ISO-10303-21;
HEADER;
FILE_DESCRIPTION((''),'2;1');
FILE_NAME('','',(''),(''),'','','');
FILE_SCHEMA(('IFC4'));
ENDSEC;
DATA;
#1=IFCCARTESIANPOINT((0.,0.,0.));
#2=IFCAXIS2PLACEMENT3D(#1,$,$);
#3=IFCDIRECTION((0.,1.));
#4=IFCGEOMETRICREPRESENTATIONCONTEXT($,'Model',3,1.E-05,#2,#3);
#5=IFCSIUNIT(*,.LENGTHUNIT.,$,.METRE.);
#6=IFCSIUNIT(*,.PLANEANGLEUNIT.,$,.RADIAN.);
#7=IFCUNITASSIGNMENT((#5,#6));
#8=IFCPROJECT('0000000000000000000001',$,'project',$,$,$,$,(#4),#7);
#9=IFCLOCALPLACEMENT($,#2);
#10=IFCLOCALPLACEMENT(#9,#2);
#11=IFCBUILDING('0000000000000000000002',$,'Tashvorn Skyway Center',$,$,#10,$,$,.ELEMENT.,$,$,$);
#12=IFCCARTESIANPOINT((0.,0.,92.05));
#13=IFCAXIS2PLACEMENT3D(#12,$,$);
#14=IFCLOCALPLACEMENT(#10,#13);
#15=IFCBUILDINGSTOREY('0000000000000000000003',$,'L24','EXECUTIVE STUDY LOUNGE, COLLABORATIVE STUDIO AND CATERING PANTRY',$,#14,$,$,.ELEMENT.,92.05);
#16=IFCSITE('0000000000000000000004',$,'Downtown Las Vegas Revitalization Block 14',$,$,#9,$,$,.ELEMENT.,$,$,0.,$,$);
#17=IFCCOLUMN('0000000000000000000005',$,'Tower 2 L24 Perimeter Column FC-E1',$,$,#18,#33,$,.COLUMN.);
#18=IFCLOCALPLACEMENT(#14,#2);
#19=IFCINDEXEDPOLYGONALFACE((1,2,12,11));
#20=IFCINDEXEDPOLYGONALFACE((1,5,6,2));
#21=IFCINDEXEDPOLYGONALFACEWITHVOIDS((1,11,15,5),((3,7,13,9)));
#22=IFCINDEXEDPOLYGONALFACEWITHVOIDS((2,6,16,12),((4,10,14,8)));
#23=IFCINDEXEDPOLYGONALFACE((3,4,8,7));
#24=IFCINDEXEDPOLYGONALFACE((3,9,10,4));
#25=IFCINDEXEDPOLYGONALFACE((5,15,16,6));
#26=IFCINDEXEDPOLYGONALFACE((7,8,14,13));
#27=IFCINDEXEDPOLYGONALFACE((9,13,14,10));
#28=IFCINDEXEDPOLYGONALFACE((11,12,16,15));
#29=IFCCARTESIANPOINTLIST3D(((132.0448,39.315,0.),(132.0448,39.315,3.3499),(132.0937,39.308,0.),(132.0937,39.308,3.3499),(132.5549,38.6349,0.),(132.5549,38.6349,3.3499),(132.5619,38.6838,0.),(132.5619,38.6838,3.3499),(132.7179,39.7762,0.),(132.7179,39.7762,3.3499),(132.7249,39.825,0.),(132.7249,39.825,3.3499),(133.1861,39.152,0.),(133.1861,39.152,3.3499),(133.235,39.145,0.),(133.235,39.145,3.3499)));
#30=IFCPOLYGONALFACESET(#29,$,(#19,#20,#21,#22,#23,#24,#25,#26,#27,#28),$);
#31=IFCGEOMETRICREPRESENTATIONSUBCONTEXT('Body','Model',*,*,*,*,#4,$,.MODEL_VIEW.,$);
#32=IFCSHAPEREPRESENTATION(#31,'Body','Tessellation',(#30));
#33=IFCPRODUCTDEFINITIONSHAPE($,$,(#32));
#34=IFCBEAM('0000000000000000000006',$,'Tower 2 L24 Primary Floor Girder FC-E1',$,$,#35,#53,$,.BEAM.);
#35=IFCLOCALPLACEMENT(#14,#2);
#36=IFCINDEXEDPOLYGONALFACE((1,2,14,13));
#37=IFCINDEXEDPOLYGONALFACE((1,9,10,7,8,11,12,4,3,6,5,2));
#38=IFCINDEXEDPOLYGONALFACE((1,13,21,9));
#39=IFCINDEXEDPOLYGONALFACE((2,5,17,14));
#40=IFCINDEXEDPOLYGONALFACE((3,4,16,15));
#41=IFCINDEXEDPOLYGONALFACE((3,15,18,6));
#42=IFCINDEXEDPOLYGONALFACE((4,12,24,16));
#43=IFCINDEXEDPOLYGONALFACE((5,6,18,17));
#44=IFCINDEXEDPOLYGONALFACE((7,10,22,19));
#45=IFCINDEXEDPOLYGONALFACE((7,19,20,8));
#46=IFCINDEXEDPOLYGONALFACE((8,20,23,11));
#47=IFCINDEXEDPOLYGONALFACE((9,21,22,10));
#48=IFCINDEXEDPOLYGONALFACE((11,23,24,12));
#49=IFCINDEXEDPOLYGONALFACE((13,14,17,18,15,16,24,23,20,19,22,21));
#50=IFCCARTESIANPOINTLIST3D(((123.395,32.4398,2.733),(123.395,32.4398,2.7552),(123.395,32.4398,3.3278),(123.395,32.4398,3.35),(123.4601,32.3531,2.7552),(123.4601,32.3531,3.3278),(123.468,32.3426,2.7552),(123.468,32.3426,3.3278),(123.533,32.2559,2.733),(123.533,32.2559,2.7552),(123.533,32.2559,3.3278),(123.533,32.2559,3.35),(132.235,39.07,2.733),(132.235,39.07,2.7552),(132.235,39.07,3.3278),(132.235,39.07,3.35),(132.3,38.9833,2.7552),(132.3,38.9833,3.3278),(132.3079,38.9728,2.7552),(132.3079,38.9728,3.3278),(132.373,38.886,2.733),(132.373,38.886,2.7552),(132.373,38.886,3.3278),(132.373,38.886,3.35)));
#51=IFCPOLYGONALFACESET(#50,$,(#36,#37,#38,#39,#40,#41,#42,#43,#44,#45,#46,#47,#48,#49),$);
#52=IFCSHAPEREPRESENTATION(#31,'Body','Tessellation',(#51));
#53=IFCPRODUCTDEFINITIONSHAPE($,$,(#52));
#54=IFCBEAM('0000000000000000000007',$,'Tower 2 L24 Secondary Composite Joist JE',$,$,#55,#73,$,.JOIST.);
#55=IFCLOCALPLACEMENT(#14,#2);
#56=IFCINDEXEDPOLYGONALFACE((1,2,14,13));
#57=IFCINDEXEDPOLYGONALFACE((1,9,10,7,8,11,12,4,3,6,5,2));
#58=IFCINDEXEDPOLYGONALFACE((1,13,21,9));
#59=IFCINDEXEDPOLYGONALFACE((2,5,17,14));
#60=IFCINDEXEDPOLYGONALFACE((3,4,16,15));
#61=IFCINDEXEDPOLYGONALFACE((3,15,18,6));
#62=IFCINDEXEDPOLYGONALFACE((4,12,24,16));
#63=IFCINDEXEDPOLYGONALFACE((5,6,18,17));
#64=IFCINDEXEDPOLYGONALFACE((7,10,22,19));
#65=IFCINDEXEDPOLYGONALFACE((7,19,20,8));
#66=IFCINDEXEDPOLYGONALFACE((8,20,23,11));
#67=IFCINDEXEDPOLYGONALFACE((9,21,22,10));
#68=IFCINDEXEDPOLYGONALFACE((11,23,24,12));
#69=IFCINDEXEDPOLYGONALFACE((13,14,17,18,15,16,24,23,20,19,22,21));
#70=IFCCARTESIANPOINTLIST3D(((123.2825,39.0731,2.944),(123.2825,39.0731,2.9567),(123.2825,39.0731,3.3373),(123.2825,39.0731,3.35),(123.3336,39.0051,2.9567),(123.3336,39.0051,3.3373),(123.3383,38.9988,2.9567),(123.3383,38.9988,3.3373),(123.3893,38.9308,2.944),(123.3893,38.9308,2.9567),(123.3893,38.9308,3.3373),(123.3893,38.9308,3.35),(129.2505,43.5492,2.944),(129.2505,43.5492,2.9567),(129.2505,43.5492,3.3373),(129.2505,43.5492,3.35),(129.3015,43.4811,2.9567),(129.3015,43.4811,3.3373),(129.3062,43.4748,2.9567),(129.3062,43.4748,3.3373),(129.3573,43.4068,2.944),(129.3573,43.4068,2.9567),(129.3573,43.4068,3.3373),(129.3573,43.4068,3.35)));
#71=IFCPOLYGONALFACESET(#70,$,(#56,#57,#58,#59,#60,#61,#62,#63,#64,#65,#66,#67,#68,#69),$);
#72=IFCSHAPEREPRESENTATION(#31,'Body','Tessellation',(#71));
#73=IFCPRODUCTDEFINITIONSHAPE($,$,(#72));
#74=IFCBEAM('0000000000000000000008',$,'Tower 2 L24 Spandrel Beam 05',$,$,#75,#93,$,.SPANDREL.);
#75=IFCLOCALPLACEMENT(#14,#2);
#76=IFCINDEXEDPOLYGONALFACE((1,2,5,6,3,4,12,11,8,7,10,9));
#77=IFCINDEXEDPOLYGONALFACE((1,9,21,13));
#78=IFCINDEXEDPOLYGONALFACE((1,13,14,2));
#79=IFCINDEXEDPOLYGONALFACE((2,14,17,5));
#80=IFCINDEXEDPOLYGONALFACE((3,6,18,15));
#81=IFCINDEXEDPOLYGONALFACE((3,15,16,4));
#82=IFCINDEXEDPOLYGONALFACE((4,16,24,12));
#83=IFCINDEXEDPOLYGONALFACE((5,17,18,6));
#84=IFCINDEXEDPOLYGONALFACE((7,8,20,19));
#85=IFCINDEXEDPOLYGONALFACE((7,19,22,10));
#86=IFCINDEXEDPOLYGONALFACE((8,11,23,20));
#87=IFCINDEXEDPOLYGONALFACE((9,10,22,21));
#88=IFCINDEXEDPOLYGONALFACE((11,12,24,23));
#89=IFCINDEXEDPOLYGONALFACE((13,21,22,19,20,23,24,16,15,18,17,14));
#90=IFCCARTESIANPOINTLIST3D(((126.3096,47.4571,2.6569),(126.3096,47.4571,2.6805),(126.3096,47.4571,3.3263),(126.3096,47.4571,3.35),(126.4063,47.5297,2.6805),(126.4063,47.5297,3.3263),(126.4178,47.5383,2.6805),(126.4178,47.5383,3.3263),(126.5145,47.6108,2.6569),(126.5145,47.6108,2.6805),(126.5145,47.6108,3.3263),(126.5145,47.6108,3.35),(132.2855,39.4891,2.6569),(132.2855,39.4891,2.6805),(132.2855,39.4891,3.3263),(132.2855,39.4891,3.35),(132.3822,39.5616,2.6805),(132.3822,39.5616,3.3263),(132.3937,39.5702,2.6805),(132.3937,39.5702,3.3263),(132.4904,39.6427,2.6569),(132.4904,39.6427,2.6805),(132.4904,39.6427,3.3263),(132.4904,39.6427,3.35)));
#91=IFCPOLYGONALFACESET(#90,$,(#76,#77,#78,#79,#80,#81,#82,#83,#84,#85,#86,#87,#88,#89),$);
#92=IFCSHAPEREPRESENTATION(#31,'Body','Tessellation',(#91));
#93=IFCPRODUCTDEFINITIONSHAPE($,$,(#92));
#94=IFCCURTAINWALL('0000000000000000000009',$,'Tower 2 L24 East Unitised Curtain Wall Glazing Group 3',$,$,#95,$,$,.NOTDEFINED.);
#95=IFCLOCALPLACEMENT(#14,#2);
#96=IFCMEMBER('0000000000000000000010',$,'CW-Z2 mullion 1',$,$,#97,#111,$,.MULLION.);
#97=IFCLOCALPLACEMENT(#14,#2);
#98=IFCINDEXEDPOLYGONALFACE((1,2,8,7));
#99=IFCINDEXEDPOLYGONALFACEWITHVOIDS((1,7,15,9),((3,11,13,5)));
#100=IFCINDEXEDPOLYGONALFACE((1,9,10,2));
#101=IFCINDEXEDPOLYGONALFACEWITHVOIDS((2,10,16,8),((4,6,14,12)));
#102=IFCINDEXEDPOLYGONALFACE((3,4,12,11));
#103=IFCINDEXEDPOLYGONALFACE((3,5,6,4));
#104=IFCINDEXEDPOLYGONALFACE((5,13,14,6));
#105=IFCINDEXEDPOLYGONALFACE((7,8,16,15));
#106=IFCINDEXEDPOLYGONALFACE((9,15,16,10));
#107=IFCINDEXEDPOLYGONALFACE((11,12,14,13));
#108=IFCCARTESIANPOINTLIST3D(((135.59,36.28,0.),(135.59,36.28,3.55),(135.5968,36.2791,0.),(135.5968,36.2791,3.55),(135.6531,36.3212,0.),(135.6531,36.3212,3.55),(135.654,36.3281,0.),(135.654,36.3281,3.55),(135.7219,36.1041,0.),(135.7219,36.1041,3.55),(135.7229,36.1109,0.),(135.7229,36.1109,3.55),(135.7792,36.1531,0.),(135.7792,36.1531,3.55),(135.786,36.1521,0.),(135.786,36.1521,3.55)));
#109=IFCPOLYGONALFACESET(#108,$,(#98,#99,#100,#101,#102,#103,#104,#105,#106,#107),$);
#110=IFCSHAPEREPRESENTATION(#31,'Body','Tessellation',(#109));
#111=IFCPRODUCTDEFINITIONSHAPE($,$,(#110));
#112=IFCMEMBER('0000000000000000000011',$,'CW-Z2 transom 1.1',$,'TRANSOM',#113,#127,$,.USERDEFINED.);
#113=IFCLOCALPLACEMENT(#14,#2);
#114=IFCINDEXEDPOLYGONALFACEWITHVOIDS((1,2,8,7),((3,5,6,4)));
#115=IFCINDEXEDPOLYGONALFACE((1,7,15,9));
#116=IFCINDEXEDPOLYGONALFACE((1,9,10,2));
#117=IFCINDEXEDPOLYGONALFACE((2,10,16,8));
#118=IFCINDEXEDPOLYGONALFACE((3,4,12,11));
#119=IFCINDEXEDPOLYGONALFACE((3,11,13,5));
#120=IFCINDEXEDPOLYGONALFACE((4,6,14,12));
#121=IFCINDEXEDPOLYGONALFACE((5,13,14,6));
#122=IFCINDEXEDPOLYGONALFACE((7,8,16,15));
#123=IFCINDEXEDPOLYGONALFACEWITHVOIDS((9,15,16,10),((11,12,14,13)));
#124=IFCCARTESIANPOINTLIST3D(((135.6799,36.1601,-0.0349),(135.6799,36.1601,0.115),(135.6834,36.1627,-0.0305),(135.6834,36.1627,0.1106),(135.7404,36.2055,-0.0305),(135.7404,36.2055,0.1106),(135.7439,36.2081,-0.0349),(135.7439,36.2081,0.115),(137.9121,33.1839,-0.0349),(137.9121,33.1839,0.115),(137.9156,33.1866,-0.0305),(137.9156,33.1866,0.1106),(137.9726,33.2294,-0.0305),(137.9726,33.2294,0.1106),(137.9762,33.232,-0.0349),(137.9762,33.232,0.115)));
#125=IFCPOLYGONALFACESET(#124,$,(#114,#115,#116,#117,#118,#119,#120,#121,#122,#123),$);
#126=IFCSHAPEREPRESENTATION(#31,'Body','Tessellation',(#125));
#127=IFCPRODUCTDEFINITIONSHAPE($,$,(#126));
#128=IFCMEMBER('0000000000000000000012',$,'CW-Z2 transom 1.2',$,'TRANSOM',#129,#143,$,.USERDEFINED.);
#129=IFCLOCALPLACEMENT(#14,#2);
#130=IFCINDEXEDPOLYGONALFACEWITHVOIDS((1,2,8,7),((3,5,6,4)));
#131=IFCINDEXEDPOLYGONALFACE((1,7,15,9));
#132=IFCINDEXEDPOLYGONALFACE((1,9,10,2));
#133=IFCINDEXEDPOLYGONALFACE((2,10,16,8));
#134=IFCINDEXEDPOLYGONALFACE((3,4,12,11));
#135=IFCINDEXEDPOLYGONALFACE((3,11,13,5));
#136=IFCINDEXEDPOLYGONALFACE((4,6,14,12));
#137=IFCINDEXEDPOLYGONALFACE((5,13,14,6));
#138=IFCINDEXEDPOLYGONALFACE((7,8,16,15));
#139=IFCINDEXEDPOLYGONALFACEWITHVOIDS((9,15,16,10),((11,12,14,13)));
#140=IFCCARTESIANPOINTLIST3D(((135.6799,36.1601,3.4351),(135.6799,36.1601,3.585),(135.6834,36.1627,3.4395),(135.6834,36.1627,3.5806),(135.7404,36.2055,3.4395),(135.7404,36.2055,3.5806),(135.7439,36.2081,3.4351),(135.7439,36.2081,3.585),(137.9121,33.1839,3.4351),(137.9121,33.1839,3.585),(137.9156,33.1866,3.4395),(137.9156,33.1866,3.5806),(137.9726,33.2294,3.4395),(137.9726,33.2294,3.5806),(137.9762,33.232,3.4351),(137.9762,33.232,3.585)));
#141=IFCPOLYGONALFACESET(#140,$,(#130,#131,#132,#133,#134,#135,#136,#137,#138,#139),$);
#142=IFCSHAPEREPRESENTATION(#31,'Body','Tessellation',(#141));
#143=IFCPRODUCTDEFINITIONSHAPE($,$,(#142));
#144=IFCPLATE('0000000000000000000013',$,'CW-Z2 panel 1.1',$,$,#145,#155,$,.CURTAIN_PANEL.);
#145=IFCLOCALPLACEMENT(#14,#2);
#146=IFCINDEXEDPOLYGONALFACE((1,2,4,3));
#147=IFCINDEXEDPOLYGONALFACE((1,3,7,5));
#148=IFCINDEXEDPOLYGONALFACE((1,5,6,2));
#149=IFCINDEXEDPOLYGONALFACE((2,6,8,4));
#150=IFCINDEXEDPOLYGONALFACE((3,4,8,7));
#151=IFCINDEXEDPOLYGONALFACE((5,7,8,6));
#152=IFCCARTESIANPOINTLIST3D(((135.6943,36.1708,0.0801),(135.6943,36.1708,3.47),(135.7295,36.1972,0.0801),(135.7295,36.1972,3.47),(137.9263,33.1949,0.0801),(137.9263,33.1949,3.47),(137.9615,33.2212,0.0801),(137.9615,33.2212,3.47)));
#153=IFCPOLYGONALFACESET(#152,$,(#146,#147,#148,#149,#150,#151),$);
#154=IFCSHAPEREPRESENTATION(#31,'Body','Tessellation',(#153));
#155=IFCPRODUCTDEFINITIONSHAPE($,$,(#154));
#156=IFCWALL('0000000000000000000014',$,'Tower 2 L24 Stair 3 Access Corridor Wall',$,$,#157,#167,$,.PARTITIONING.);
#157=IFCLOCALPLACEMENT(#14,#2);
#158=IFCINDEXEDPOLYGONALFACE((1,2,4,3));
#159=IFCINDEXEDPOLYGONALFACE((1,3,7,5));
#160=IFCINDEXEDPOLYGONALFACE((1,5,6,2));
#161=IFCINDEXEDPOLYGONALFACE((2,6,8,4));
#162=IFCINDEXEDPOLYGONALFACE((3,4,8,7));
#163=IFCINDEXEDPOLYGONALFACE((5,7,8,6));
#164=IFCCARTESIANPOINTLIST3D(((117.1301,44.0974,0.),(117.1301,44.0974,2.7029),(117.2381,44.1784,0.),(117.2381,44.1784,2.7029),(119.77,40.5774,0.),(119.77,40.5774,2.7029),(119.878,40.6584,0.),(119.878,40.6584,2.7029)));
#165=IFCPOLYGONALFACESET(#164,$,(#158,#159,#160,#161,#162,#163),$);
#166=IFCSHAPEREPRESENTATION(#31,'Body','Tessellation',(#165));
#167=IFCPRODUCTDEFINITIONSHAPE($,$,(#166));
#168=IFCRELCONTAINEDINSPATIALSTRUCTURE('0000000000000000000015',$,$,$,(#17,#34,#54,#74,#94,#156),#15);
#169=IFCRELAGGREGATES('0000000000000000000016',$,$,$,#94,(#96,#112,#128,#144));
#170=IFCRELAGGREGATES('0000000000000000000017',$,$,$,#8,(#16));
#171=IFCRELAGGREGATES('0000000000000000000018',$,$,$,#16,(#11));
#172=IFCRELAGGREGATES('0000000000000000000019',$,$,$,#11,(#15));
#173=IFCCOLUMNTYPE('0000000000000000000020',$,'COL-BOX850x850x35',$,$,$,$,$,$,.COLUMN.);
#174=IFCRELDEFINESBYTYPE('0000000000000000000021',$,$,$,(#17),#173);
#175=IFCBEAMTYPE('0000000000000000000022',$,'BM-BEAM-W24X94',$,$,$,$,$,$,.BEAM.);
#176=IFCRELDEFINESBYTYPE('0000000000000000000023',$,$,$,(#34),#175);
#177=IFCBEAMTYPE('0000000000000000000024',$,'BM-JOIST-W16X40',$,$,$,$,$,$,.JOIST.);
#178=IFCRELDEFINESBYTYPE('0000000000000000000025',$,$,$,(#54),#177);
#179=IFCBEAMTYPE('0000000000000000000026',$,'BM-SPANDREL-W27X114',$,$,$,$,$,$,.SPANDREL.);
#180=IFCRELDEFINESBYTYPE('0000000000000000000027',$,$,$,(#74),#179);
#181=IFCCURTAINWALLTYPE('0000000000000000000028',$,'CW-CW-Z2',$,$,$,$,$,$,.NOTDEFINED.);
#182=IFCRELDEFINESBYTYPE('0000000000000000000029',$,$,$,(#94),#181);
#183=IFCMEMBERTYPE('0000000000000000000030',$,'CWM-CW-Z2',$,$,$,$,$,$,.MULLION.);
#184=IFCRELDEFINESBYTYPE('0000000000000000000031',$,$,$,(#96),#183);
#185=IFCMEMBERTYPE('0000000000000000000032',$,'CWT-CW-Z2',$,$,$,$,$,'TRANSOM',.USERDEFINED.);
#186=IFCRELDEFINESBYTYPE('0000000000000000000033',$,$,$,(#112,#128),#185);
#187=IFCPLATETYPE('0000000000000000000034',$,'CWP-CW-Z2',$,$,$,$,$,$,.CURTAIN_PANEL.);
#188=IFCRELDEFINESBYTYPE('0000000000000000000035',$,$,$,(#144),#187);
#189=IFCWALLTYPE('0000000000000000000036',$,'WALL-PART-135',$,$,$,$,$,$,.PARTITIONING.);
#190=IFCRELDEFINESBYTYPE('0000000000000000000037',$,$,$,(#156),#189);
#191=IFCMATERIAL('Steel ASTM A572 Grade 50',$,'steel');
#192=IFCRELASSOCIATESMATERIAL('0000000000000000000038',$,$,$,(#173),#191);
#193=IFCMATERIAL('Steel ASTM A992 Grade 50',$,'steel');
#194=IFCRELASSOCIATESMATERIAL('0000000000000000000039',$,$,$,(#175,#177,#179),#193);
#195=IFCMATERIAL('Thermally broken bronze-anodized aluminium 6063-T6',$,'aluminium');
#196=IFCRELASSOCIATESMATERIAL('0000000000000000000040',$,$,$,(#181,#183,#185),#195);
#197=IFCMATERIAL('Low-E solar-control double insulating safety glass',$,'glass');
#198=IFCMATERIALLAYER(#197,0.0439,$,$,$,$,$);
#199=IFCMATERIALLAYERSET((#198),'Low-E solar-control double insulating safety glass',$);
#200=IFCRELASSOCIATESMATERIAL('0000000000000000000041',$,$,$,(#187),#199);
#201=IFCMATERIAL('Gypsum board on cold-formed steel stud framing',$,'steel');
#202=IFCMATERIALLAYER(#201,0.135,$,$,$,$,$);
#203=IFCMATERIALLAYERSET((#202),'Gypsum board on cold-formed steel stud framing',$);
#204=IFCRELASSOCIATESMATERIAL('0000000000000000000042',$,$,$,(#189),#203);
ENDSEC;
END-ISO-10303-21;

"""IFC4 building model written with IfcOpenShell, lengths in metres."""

from ifc_helpers import new_model, si_unit, direction, frame, frame_2d, origin, origin_2d, place, context, subcontext, project, spatial, rectangle, hollow_rectangle, i_section, extrude, material, layer, layer_set, material_profile, profile_set, type_object, element, aggregate, save


model = new_model("IFC4")

# Units and contexts
model_context = context("Model", 3, precision=1e-05, world=origin(), true_north=direction((0.0, 1.0)))
body_context = subcontext(model_context, "Body", "Model", "MODEL_VIEW")
ifc_project = project(units=[si_unit("LENGTHUNIT", "METRE"), si_unit("PLANEANGLEUNIT", "RADIAN")], contexts=[model_context])

# Site, building, storey
site_placement = place(None, origin())
site = spatial("IfcSite", under=ifc_project, at=site_placement, Name="Downtown Las Vegas Revitalization Block 14", CompositionType="ELEMENT", RefElevation=0.0)
building_placement = place(site_placement, origin())
building = spatial("IfcBuilding", under=site, at=building_placement, Name="Tashvorn Skyway Center", CompositionType="ELEMENT")
storey_placement = place(building_placement, frame((0.0, 0.0, 92.05)))
storey = spatial("IfcBuildingStorey", under=building, at=storey_placement, Name="L24", Description="EXECUTIVE STUDY LOUNGE, COLLABORATIVE STUDIO AND CATERING PANTRY", CompositionType="ELEMENT", Elevation=92.05)

# Column
ifc_material_1 = material(Name="Steel ASTM A572 Grade 50", Category="steel")
ifc_material_profile_1 = material_profile(ifc_material_1, hollow_rectangle(XDim=0.8501, YDim=0.8501, WallThickness=0.0349, at=origin_2d()), Name="BOX850x850x35")
ifc_profile_set_1 = profile_set([ifc_material_profile_1], Name="Steel ASTM A572 Grade 50")
column_type = type_object("IfcColumnType", Name="COL-BOX850x850x35", PredefinedType="COLUMN", material=ifc_profile_set_1)
column_placement = place(storey_placement, frame((132.6399, 39.23, 0.0), z_axis=(0.0, 0.0, 1.0), x_axis=(0.8, 0.6, 0.0)))
element("IfcColumn", 1, at=column_placement, inside=storey, type_object=column_type, Name="Tower 2 L24 Perimeter Column FC-E1", PredefinedType="COLUMN", context=body_context, shape_type="SweptSolid", body=[
    extrude(hollow_rectangle(XDim=0.8501, YDim=0.8501, WallThickness=0.0349, at=origin_2d()), origin(), (0.0, 0.0, 1.0), 3.3499),
])

# Beams
ifc_material_2 = material(Name="Steel ASTM A992 Grade 50", Category="steel")
ifc_material_profile_2 = material_profile(ifc_material_2, i_section(OverallWidth=0.23, OverallDepth=0.6169, WebThickness=0.0132, FlangeThickness=0.0222, at=origin_2d()), Name="W24X94")
ifc_profile_set_2 = profile_set([ifc_material_profile_2], Name="Steel ASTM A992 Grade 50")
beam_type_1 = type_object("IfcBeamType", Name="BM-BEAM-W24X94", PredefinedType="BEAM", material=ifc_profile_set_2)
beam_1_placement = place(storey_placement, frame((132.304, 38.978, 3.0415), z_axis=(-0.799989, -0.600014, 0.0), x_axis=(0.600014, -0.799989, 0.0)))
element("IfcBeam", 2, at=beam_1_placement, inside=storey, type_object=beam_type_1, Name="Tower 2 L24 Primary Floor Girder FC-E1", PredefinedType="BEAM", context=body_context, shape_type="SweptSolid", body=[
    extrude(i_section(OverallWidth=0.23, OverallDepth=0.6169, WebThickness=0.0132, FlangeThickness=0.0222, at=origin_2d()), origin(), (0.0, 0.0, 1.0), 11.05),
])
ifc_material_profile_3 = material_profile(ifc_material_2, i_section(OverallWidth=0.178, OverallDepth=0.406, WebThickness=0.0078, FlangeThickness=0.0127, at=origin_2d()), Name="W16X40")
ifc_profile_set_3 = profile_set([ifc_material_profile_3], Name="Steel ASTM A992 Grade 50")
beam_type_2 = type_object("IfcBeamType", Name="BM-JOIST-W16X40", PredefinedType="JOIST", material=ifc_profile_set_3)
beam_2_placement = place(storey_placement, frame((123.3359, 39.002, 3.147), z_axis=(0.799996, 0.600005, 0.0), x_axis=(-0.600005, 0.799996, 0.0)))
element("IfcBeam", 3, at=beam_2_placement, inside=storey, type_object=beam_type_2, Name="Tower 2 L24 Secondary Composite Joist JE", PredefinedType="JOIST", context=body_context, shape_type="SweptSolid", body=[
    extrude(i_section(OverallWidth=0.178, OverallDepth=0.406, WebThickness=0.0078, FlangeThickness=0.0127, at=origin_2d()), origin(), (0.0, 0.0, 1.0), 7.46),
])
ifc_material_profile_4 = material_profile(ifc_material_2, i_section(OverallWidth=0.2561, OverallDepth=0.6931, WebThickness=0.0144, FlangeThickness=0.0237, at=origin_2d()), Name="W27X114")
ifc_profile_set_4 = profile_set([ifc_material_profile_4], Name="Steel ASTM A992 Grade 50")
beam_type_3 = type_object("IfcBeamType", Name="BM-SPANDREL-W27X114", PredefinedType="SPANDREL", material=ifc_profile_set_4)
beam_3_placement = place(storey_placement, frame((132.3879, 39.5659, 3.0034), z_axis=(-0.599988, 0.800009, 0.0), x_axis=(-0.800009, -0.599988, 0.0)))
element("IfcBeam", 4, at=beam_3_placement, inside=storey, type_object=beam_type_3, Name="Tower 2 L24 Spandrel Beam 05", PredefinedType="SPANDREL", context=body_context, shape_type="SweptSolid", body=[
    extrude(i_section(OverallWidth=0.2561, OverallDepth=0.6931, WebThickness=0.0144, FlangeThickness=0.0237, at=origin_2d()), origin(), (0.0, 0.0, 1.0), 9.96),
])

# Curtain wall, members, plate
ifc_material_3 = material(Name="Thermally broken bronze-anodized aluminium 6063-T6", Category="aluminium")
curtain_wall_type = type_object("IfcCurtainWallType", Name="CW-CW-Z2", PredefinedType="NOTDEFINED", material=ifc_material_3)
curtain_wall_placement = place(storey_placement, origin())
curtain_wall = element("IfcCurtainWall", 5, at=curtain_wall_placement, inside=storey, type_object=curtain_wall_type, Name="Tower 2 L24 East Unitised Curtain Wall Glazing Group 3", PredefinedType="NOTDEFINED")
ifc_material_profile_5 = material_profile(ifc_material_3, hollow_rectangle(XDim=0.0801, YDim=0.22, WallThickness=0.0049, at=origin_2d()), Name="ALU-MULL-80x220")
ifc_profile_set_5 = profile_set([ifc_material_profile_5], Name="Thermally broken bronze-anodized aluminium 6063-T6")
member_type_1 = type_object("IfcMemberType", Name="CWM-CW-Z2", PredefinedType="MULLION", material=ifc_profile_set_5)
member_1_placement = place(storey_placement, frame((135.688, 36.2161, 0.0), z_axis=(0.0, 0.0, 1.0), x_axis=(0.8, 0.6, 0.0)))
member_1 = element("IfcMember", 6, at=member_1_placement, type_object=member_type_1, Name="CW-Z2 mullion 1", PredefinedType="MULLION", context=body_context, shape_type="SweptSolid", body=[
    extrude(hollow_rectangle(XDim=0.0801, YDim=0.22, WallThickness=0.0049, at=origin_2d()), origin(), (0.0, 0.0, 1.0), 3.55),
])
ifc_material_profile_6 = material_profile(ifc_material_3, hollow_rectangle(XDim=0.0801, YDim=0.1499, WallThickness=0.0044, at=origin_2d()), Name="ALU-TRAN-80x150")
ifc_profile_set_6 = profile_set([ifc_material_profile_6], Name="Thermally broken bronze-anodized aluminium 6063-T6")
member_type_2 = type_object("IfcMemberType", Name="CWT-CW-Z2", ElementType="TRANSOM", PredefinedType="USERDEFINED", material=ifc_profile_set_6)
member_2_placement = place(storey_placement, frame((135.7119, 36.1841, 0.04), z_axis=(0.600021, -0.799984, 0.0), x_axis=(0.799984, 0.600021, 0.0)))
member_2 = element("IfcMember", 7, at=member_2_placement, type_object=member_type_2, Name="CW-Z2 transom 1.1", ObjectType="TRANSOM", PredefinedType="USERDEFINED", context=body_context, shape_type="SweptSolid", body=[
    extrude(hollow_rectangle(XDim=0.0801, YDim=0.1499, WallThickness=0.0044, at=origin_2d()), origin(), (0.0, 0.0, 1.0), 3.7202),
])
member_3_placement = place(storey_placement, frame((135.7119, 36.1841, 3.51), z_axis=(0.600021, -0.799984, 0.0), x_axis=(0.799984, 0.600021, 0.0)))
member_3 = element("IfcMember", 8, at=member_3_placement, type_object=member_type_2, Name="CW-Z2 transom 1.2", ObjectType="TRANSOM", PredefinedType="USERDEFINED", context=body_context, shape_type="SweptSolid", body=[
    extrude(hollow_rectangle(XDim=0.0801, YDim=0.1499, WallThickness=0.0044, at=origin_2d()), origin(), (0.0, 0.0, 1.0), 3.7202),
])
ifc_material_4 = material(Name="Low-E solar-control double insulating safety glass", Category="glass")
ifc_layer_1 = layer(ifc_material_4, 0.0439)
ifc_layer_set_1 = layer_set([ifc_layer_1], Name="Low-E solar-control double insulating safety glass")
plate_type = type_object("IfcPlateType", Name="CWP-CW-Z2", PredefinedType="CURTAIN_PANEL", material=ifc_layer_set_1)
plate_placement = place(storey_placement, frame((136.8279, 34.696, 0.0801), z_axis=(0.0, 0.0, 1.0), x_axis=(0.6, -0.8, 0.0)))
plate = element("IfcPlate", 9, at=plate_placement, type_object=plate_type, Name="CW-Z2 panel 1.1", PredefinedType="CURTAIN_PANEL", context=body_context, shape_type="SweptSolid", body=[
    extrude(rectangle(XDim=3.72, YDim=0.0439, at=origin_2d()), origin(), (0.0, 0.0, 1.0), 3.3899),
])
aggregate(curtain_wall, [member_1, member_2, member_3, plate])

# Wall
ifc_material_5 = material(Name="Gypsum board on cold-formed steel stud framing", Category="steel")
ifc_layer_2 = layer(ifc_material_5, 0.135)
ifc_layer_set_2 = layer_set([ifc_layer_2], Name="Gypsum board on cold-formed steel stud framing")
wall_type_1 = type_object("IfcWallType", Name="WALL-PART-135", PredefinedType="PARTITIONING", material=ifc_layer_set_2)
wall_1_placement = place(storey_placement, frame((119.824, 40.6179, 0.0), z_axis=(0.0, 0.0, 1.0), x_axis=(-0.599982, 0.800013, 0.0)))
element("IfcWall", 10, at=wall_1_placement, inside=storey, type_object=wall_type_1, Name="Tower 2 L24 Stair 3 Access Corridor Wall", PredefinedType="PARTITIONING", context=body_context, shape_type="SweptSolid", body=[
    extrude(rectangle(XDim=4.3999, YDim=0.135, at=frame_2d((2.2, 0.0))), origin(), (0.0, 0.0, 1.0), 2.7029),
])

save(model, "model.ifc")
